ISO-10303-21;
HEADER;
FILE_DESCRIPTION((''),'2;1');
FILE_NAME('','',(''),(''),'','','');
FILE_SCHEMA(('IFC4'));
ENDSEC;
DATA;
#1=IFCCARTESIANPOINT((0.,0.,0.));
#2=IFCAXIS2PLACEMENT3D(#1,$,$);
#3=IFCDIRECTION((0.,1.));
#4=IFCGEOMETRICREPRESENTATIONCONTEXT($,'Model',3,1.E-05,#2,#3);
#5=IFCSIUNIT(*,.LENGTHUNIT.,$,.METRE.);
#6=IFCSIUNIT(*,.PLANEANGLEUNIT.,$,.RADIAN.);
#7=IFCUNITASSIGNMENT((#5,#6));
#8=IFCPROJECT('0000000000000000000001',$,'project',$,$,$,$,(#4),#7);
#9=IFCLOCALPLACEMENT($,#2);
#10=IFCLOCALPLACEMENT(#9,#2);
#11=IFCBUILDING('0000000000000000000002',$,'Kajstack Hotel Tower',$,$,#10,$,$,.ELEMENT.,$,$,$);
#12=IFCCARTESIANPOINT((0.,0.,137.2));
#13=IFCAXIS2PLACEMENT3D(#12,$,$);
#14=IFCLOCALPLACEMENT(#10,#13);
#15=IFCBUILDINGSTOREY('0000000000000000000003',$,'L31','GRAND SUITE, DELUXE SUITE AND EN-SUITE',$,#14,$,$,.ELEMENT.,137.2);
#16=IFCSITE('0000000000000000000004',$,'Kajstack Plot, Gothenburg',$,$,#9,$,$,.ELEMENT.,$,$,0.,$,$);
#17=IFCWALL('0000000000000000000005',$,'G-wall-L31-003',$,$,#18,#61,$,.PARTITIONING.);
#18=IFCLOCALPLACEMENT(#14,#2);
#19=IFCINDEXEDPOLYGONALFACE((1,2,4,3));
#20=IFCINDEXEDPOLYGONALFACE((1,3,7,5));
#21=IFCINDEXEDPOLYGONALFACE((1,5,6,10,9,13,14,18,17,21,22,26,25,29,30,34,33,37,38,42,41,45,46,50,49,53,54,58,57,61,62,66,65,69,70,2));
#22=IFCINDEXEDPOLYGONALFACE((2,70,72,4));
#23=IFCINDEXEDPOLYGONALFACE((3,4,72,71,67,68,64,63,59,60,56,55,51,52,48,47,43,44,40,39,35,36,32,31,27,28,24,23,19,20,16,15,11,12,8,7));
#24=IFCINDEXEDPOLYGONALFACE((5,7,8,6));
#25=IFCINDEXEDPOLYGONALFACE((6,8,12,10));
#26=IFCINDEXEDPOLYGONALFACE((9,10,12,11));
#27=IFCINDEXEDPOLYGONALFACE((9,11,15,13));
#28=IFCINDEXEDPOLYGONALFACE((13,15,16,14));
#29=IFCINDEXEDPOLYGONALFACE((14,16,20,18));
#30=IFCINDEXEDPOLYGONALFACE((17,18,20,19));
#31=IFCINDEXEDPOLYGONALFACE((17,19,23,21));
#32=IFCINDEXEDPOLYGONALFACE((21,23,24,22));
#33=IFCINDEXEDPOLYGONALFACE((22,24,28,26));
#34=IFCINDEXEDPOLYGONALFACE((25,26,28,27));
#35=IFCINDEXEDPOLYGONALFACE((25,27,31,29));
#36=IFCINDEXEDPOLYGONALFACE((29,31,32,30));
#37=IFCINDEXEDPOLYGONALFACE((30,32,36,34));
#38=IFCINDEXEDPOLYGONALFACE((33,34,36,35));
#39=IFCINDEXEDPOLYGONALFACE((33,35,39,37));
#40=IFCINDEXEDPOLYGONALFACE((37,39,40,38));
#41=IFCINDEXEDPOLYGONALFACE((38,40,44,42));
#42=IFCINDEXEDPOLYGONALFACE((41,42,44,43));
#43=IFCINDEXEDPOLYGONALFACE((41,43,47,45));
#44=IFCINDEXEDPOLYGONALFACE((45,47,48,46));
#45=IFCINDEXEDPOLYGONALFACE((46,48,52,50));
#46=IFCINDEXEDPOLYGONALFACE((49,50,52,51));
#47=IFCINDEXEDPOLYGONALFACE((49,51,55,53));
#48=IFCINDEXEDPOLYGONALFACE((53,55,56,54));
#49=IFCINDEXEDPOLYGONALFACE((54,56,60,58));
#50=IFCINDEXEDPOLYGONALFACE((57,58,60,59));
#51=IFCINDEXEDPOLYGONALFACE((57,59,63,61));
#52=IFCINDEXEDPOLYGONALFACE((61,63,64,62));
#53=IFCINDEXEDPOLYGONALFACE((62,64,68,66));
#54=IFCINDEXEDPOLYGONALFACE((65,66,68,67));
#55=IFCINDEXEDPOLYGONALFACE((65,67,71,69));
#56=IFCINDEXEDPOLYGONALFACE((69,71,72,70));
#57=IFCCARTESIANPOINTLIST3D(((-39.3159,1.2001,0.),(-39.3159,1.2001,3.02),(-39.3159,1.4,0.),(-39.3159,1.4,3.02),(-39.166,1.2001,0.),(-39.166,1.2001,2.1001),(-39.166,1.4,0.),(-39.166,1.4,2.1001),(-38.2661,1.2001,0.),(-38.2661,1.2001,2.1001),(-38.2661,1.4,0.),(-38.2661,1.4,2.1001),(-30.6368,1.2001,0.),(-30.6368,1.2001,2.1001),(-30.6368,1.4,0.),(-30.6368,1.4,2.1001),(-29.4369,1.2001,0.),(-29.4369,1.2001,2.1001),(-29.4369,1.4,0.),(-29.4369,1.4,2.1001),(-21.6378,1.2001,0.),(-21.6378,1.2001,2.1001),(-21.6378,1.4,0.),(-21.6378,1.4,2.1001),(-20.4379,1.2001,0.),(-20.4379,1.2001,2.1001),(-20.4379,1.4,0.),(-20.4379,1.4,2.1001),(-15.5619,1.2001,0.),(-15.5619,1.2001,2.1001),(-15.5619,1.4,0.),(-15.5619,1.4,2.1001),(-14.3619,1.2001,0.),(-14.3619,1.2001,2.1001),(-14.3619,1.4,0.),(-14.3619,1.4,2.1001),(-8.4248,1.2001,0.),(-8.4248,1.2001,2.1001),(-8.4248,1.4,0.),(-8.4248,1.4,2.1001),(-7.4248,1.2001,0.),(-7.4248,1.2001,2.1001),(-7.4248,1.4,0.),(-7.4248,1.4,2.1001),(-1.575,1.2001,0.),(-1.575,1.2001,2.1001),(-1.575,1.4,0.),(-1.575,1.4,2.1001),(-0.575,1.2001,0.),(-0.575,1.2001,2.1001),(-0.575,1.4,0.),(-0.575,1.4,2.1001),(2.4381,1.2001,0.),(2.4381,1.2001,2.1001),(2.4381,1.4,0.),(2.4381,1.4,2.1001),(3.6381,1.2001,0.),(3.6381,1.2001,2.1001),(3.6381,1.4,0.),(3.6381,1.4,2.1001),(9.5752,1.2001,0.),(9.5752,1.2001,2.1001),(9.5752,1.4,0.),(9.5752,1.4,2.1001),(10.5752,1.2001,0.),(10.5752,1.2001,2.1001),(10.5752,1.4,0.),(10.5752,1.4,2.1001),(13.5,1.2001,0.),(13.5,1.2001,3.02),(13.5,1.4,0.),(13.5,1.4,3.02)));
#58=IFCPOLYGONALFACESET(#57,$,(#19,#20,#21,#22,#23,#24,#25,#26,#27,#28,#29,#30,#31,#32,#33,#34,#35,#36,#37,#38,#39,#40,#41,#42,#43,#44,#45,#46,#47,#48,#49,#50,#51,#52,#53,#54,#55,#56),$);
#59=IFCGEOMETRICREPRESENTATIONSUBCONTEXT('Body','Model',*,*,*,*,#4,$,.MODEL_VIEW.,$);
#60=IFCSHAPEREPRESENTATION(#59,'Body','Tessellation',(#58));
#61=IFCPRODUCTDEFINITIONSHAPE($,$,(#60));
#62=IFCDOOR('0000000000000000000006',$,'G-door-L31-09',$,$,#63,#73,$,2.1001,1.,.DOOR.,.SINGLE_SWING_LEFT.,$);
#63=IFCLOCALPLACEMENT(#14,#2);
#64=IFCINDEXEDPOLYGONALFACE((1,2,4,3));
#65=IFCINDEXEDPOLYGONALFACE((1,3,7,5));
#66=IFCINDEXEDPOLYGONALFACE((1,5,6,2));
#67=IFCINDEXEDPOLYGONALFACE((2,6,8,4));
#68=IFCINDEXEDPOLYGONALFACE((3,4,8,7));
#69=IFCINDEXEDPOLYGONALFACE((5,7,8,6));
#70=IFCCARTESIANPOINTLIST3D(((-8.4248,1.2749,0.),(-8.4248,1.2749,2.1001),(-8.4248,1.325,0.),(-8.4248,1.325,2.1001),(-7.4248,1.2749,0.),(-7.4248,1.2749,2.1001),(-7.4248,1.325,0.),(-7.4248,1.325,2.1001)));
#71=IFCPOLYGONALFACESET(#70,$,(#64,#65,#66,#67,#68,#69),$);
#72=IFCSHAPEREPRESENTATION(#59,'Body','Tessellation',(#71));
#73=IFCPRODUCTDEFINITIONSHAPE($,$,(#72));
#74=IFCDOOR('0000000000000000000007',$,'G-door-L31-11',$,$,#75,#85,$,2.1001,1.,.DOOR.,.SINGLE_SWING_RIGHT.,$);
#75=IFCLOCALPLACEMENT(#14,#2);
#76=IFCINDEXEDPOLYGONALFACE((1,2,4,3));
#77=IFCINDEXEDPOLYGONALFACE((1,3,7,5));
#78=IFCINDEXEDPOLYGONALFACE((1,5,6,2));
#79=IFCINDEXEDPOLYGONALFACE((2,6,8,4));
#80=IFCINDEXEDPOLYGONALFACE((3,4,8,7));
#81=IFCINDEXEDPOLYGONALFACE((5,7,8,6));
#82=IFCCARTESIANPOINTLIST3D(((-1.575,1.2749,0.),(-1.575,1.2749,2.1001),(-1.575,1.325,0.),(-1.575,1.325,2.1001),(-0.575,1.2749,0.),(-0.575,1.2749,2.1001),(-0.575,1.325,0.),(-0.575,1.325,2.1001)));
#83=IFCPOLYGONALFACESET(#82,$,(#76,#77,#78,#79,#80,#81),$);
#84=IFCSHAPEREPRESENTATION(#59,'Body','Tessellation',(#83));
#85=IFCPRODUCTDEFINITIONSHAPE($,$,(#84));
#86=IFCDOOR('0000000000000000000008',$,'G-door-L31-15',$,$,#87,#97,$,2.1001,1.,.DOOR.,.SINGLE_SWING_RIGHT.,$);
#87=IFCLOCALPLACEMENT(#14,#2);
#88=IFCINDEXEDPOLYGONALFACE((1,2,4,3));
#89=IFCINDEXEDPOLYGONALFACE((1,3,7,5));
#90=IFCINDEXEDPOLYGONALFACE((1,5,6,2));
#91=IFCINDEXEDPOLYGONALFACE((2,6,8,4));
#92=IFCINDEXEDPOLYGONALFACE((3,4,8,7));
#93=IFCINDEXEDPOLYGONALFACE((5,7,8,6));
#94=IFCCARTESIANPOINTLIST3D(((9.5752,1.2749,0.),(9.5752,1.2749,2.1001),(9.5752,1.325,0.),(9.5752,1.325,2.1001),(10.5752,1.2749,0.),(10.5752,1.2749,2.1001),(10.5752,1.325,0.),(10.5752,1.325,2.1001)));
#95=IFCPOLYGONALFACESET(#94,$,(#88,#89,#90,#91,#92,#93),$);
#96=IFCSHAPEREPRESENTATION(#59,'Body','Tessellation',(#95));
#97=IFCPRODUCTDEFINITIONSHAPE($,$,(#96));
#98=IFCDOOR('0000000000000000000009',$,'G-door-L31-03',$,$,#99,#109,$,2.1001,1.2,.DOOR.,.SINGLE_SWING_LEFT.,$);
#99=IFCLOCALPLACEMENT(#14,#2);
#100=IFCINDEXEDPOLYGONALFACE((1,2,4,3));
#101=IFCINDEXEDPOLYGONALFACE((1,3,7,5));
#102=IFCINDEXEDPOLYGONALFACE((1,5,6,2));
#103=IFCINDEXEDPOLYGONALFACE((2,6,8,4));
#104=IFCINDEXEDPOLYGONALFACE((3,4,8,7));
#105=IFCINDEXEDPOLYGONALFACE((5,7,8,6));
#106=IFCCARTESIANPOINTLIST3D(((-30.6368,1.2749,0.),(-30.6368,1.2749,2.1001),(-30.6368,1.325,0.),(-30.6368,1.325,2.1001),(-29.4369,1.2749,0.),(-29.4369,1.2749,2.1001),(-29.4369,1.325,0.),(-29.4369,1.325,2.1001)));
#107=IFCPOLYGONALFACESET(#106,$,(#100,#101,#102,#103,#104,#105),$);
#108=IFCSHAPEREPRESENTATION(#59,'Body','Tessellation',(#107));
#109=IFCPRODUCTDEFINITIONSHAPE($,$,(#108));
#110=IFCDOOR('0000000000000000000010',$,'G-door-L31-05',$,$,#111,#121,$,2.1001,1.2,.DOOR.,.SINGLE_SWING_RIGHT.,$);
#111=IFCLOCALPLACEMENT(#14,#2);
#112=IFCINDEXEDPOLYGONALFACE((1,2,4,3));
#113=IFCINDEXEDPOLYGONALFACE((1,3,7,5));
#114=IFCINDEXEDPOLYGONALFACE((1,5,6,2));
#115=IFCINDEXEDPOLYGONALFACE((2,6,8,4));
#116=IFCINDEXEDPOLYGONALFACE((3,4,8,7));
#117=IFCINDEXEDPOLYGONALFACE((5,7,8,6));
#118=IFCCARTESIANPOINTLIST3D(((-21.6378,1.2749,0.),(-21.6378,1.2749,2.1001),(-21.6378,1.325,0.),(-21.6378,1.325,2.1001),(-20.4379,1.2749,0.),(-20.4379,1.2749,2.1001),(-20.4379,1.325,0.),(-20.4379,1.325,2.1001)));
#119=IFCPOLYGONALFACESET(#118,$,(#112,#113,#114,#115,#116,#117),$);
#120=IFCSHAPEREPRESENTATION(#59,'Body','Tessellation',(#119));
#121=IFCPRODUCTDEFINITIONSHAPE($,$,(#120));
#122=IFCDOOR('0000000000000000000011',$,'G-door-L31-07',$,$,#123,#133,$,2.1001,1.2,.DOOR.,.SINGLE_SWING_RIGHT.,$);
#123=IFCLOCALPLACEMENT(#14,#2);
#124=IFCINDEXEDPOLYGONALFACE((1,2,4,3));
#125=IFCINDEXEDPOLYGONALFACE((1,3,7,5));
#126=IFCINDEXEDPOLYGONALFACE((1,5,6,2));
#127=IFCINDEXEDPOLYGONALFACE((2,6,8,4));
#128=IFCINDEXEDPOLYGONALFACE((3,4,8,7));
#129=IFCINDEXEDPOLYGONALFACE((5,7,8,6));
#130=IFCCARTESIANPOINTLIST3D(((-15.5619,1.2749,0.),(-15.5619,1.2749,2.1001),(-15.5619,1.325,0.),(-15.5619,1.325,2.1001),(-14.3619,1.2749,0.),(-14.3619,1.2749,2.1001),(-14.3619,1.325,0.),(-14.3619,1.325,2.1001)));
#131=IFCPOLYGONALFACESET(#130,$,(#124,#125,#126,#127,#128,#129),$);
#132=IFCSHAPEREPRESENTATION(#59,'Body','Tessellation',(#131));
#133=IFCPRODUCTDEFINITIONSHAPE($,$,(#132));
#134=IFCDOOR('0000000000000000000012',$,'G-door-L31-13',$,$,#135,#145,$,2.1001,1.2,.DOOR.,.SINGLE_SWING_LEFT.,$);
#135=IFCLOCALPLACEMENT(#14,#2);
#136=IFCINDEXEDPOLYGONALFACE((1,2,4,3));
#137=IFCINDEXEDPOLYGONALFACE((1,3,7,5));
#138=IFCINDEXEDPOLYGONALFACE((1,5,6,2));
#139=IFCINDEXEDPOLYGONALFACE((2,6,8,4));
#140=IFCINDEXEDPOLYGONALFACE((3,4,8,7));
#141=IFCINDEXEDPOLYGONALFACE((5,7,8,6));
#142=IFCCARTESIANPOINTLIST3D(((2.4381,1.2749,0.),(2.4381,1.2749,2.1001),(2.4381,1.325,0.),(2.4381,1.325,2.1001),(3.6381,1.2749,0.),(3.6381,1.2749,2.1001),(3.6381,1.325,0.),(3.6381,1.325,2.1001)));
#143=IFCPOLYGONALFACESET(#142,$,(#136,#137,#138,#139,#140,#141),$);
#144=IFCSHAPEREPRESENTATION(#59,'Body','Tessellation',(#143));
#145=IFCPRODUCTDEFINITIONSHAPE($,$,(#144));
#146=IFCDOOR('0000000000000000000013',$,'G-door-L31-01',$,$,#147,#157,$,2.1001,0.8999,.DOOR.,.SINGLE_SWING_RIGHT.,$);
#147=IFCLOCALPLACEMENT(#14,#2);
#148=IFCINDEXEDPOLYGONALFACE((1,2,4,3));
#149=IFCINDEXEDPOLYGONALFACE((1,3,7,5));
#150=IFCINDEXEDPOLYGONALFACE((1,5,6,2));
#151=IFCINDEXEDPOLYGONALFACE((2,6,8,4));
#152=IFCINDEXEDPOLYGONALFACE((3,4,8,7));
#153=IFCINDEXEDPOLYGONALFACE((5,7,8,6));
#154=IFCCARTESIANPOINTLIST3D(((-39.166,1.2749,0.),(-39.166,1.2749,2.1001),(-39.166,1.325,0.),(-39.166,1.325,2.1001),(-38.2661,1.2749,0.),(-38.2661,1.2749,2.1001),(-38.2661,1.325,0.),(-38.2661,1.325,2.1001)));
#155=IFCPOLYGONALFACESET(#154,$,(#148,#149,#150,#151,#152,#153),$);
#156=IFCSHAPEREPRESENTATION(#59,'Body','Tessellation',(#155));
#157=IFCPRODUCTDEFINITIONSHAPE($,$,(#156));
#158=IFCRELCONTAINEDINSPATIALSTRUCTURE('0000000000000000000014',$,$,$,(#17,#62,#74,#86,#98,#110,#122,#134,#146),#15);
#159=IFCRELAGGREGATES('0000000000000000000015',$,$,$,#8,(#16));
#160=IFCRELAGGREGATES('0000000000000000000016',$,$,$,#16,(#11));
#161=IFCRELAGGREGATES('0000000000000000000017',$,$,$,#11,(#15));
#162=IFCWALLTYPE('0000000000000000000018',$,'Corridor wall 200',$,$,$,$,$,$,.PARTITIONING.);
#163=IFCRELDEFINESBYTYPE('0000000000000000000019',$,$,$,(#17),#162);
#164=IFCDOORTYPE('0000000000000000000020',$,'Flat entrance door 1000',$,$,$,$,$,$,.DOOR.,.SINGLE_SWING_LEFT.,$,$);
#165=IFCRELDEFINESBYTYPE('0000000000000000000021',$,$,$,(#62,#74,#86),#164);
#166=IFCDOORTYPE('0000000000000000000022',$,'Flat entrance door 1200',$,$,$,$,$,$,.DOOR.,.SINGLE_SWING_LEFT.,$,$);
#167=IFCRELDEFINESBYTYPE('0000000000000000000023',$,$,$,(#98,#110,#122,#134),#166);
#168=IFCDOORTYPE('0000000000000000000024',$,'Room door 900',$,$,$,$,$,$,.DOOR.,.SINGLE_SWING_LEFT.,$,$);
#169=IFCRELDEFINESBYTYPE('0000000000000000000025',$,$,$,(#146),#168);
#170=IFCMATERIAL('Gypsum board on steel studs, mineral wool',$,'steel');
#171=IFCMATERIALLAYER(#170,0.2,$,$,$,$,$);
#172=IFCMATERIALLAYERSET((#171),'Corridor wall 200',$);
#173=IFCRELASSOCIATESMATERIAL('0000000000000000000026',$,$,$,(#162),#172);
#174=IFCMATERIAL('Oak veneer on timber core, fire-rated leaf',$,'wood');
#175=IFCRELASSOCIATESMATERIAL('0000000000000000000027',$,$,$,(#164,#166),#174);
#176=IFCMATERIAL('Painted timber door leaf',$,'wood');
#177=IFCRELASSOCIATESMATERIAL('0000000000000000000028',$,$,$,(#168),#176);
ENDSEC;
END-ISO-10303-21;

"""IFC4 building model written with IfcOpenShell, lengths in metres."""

from ifc_helpers import new_model, si_unit, direction, frame, frame_2d, origin, place, context, subcontext, project, spatial, rectangle, extrude, material, layer, layer_set, type_object, element, fill, save


model = new_model("IFC4")

# Units and contexts
model_context = context("Model", 3, precision=1e-05, world=origin(), true_north=direction((0.0, 1.0)))
body_context = subcontext(model_context, "Body", "Model", "MODEL_VIEW")
ifc_project = project(units=[si_unit("LENGTHUNIT", "METRE"), si_unit("PLANEANGLEUNIT", "RADIAN")], contexts=[model_context])

# Site, building, storey
site_placement = place(None, origin())
site = spatial("IfcSite", under=ifc_project, at=site_placement, Name="Kajstack Plot, Gothenburg", CompositionType="ELEMENT", RefElevation=0.0)
building_placement = place(site_placement, origin())
building = spatial("IfcBuilding", under=site, at=building_placement, Name="Kajstack Hotel Tower", CompositionType="ELEMENT")
storey_placement = place(building_placement, frame((0.0, 0.0, 137.2)))
storey = spatial("IfcBuildingStorey", under=building, at=storey_placement, Name="L31", Description="GRAND SUITE, DELUXE SUITE AND EN-SUITE", CompositionType="ELEMENT", Elevation=137.2)

# Wall, openings, doors
ifc_material_1 = material(Name="Gypsum board on steel studs, mineral wool", Category="steel")
ifc_layer_1 = layer(ifc_material_1, 0.2)
ifc_layer_set_1 = layer_set([ifc_layer_1], Name="Corridor wall 200")
wall_type_1 = type_object("IfcWallType", Name="Corridor wall 200", PredefinedType="PARTITIONING", material=ifc_layer_set_1)
wall_1_placement = place(storey_placement, frame((-39.3159, 1.3, 0.0), z_axis=(0.0, 0.0, 1.0), x_axis=(1.0, 0.0, 0.0)))
wall_1 = element("IfcWall", 1, at=wall_1_placement, inside=storey, type_object=wall_type_1, Name="G-wall-L31-003", PredefinedType="PARTITIONING", context=body_context, shape_type="SweptSolid", body=[
    extrude(rectangle(XDim=52.8159, YDim=0.2, at=frame_2d((26.408, 0.0))), origin(), (0.0, 0.0, 1.0), 3.02),
])
opening_1_placement = place(wall_1_placement, frame((0.1499, 0.0, 0.0)))
opening_1 = element("IfcOpeningElement", 2, at=opening_1_placement, cuts=wall_1, PredefinedType="OPENING", context=body_context, shape_type="SweptSolid", body=[
    extrude(rectangle(XDim=0.8999, YDim=2.1001, at=frame_2d((0.45, 1.05))), frame((0.0, 0.1099, 0.0), z_axis=(0.0, -1.0, 0.0), x_axis=(1.0, 0.0, 0.0)), (0.0, 0.0, 1.0), 0.22),
])
opening_2_placement = place(wall_1_placement, frame((8.679, 0.0, 0.0)))
opening_2 = element("IfcOpeningElement", 3, at=opening_2_placement, cuts=wall_1, PredefinedType="OPENING", context=body_context, shape_type="SweptSolid", body=[
    extrude(rectangle(XDim=1.2, YDim=2.1001, at=frame_2d((0.6001, 1.05))), frame((0.0, 0.1099, 0.0), z_axis=(0.0, -1.0, 0.0), x_axis=(1.0, 0.0, 0.0)), (0.0, 0.0, 1.0), 0.22),
])
opening_3_placement = place(wall_1_placement, frame((17.678, 0.0, 0.0)))
opening_3 = element("IfcOpeningElement", 4, at=opening_3_placement, cuts=wall_1, PredefinedType="OPENING", context=body_context, shape_type="SweptSolid", body=[
    extrude(rectangle(XDim=1.2, YDim=2.1001, at=frame_2d((0.6001, 1.05))), frame((0.0, 0.1099, 0.0), z_axis=(0.0, -1.0, 0.0), x_axis=(1.0, 0.0, 0.0)), (0.0, 0.0, 1.0), 0.22),
])
opening_4_placement = place(wall_1_placement, frame((23.7539, 0.0, 0.0)))
opening_4 = element("IfcOpeningElement", 5, at=opening_4_placement, cuts=wall_1, PredefinedType="OPENING", context=body_context, shape_type="SweptSolid", body=[
    extrude(rectangle(XDim=1.2, YDim=2.1001, at=frame_2d((0.6001, 1.05))), frame((0.0, 0.1099, 0.0), z_axis=(0.0, -1.0, 0.0), x_axis=(1.0, 0.0, 0.0)), (0.0, 0.0, 1.0), 0.22),
])
opening_5_placement = place(wall_1_placement, frame((30.8911, 0.0, 0.0)))
opening_5 = element("IfcOpeningElement", 6, at=opening_5_placement, cuts=wall_1, PredefinedType="OPENING", context=body_context, shape_type="SweptSolid", body=[
    extrude(rectangle(XDim=1.0, YDim=2.1001, at=frame_2d((0.5, 1.05))), frame((0.0, 0.1099, 0.0), z_axis=(0.0, -1.0, 0.0), x_axis=(1.0, 0.0, 0.0)), (0.0, 0.0, 1.0), 0.22),
])
opening_6_placement = place(wall_1_placement, frame((37.741, 0.0, 0.0)))
opening_6 = element("IfcOpeningElement", 7, at=opening_6_placement, cuts=wall_1, PredefinedType="OPENING", context=body_context, shape_type="SweptSolid", body=[
    extrude(rectangle(XDim=1.0, YDim=2.1001, at=frame_2d((0.5, 1.05))), frame((0.0, 0.1099, 0.0), z_axis=(0.0, -1.0, 0.0), x_axis=(1.0, 0.0, 0.0)), (0.0, 0.0, 1.0), 0.22),
])
opening_7_placement = place(wall_1_placement, frame((41.7539, 0.0, 0.0)))
opening_7 = element("IfcOpeningElement", 8, at=opening_7_placement, cuts=wall_1, PredefinedType="OPENING", context=body_context, shape_type="SweptSolid", body=[
    extrude(rectangle(XDim=1.2, YDim=2.1001, at=frame_2d((0.6001, 1.05))), frame((0.0, 0.1099, 0.0), z_axis=(0.0, -1.0, 0.0), x_axis=(1.0, 0.0, 0.0)), (0.0, 0.0, 1.0), 0.22),
])
opening_8_placement = place(wall_1_placement, frame((48.8911, 0.0, 0.0)))
opening_8 = element("IfcOpeningElement", 9, at=opening_8_placement, cuts=wall_1, PredefinedType="OPENING", context=body_context, shape_type="SweptSolid", body=[
    extrude(rectangle(XDim=1.0, YDim=2.1001, at=frame_2d((0.5, 1.05))), frame((0.0, 0.1099, 0.0), z_axis=(0.0, -1.0, 0.0), x_axis=(1.0, 0.0, 0.0)), (0.0, 0.0, 1.0), 0.22),
])
ifc_material_2 = material(Name="Oak veneer on timber core, fire-rated leaf", Category="wood")
door_type_1 = type_object("IfcDoorType", Name="Flat entrance door 1000", OperationType="SINGLE_SWING_LEFT", PredefinedType="DOOR", material=ifc_material_2)
door_1_placement = place(opening_5_placement, origin())
door_1 = element("IfcDoor", 10, at=door_1_placement, inside=storey, type_object=door_type_1, Name="G-door-L31-09", OperationType="SINGLE_SWING_LEFT", OverallHeight=2.1001, OverallWidth=1.0, PredefinedType="DOOR", context=body_context, shape_type="SweptSolid", body=[
    extrude(rectangle(XDim=1.0, YDim=2.1001, at=frame_2d((0.5, 1.05))), frame((0.0, 0.0249, 0.0), z_axis=(0.0, -1.0, 0.0), x_axis=(1.0, 0.0, 0.0)), (0.0, 0.0, 1.0), 0.05),
])
fill(opening_5, door_1)
door_2_placement = place(opening_6_placement, origin())
door_2 = element("IfcDoor", 11, at=door_2_placement, inside=storey, type_object=door_type_1, Name="G-door-L31-11", OperationType="SINGLE_SWING_RIGHT", OverallHeight=2.1001, OverallWidth=1.0, PredefinedType="DOOR", context=body_context, shape_type="SweptSolid", body=[
    extrude(rectangle(XDim=1.0, YDim=2.1001, at=frame_2d((0.5, 1.05))), frame((0.0, 0.0249, 0.0), z_axis=(0.0, -1.0, 0.0), x_axis=(1.0, 0.0, 0.0)), (0.0, 0.0, 1.0), 0.05),
])
fill(opening_6, door_2)
door_3_placement = place(opening_8_placement, origin())
door_3 = element("IfcDoor", 12, at=door_3_placement, inside=storey, type_object=door_type_1, Name="G-door-L31-15", OperationType="SINGLE_SWING_RIGHT", OverallHeight=2.1001, OverallWidth=1.0, PredefinedType="DOOR", context=body_context, shape_type="SweptSolid", body=[
    extrude(rectangle(XDim=1.0, YDim=2.1001, at=frame_2d((0.5, 1.05))), frame((0.0, 0.0249, 0.0), z_axis=(0.0, -1.0, 0.0), x_axis=(1.0, 0.0, 0.0)), (0.0, 0.0, 1.0), 0.05),
])
fill(opening_8, door_3)
door_type_2 = type_object("IfcDoorType", Name="Flat entrance door 1200", OperationType="SINGLE_SWING_LEFT", PredefinedType="DOOR", material=ifc_material_2)
door_4_placement = place(opening_2_placement, origin())
door_4 = element("IfcDoor", 13, at=door_4_placement, inside=storey, type_object=door_type_2, Name="G-door-L31-03", OperationType="SINGLE_SWING_LEFT", OverallHeight=2.1001, OverallWidth=1.2, PredefinedType="DOOR", context=body_context, shape_type="SweptSolid", body=[
    extrude(rectangle(XDim=1.2, YDim=2.1001, at=frame_2d((0.6001, 1.05))), frame((0.0, 0.0249, 0.0), z_axis=(0.0, -1.0, 0.0), x_axis=(1.0, 0.0, 0.0)), (0.0, 0.0, 1.0), 0.05),
])
fill(opening_2, door_4)
door_5_placement = place(opening_3_placement, origin())
door_5 = element("IfcDoor", 14, at=door_5_placement, inside=storey, type_object=door_type_2, Name="G-door-L31-05", OperationType="SINGLE_SWING_RIGHT", OverallHeight=2.1001, OverallWidth=1.2, PredefinedType="DOOR", context=body_context, shape_type="SweptSolid", body=[
    extrude(rectangle(XDim=1.2, YDim=2.1001, at=frame_2d((0.6001, 1.05))), frame((0.0, 0.0249, 0.0), z_axis=(0.0, -1.0, 0.0), x_axis=(1.0, 0.0, 0.0)), (0.0, 0.0, 1.0), 0.05),
])
fill(opening_3, door_5)
door_6_placement = place(opening_4_placement, origin())
door_6 = element("IfcDoor", 15, at=door_6_placement, inside=storey, type_object=door_type_2, Name="G-door-L31-07", OperationType="SINGLE_SWING_RIGHT", OverallHeight=2.1001, OverallWidth=1.2, PredefinedType="DOOR", context=body_context, shape_type="SweptSolid", body=[
    extrude(rectangle(XDim=1.2, YDim=2.1001, at=frame_2d((0.6001, 1.05))), frame((0.0, 0.0249, 0.0), z_axis=(0.0, -1.0, 0.0), x_axis=(1.0, 0.0, 0.0)), (0.0, 0.0, 1.0), 0.05),
])
fill(opening_4, door_6)
door_7_placement = place(opening_7_placement, origin())
door_7 = element("IfcDoor", 16, at=door_7_placement, inside=storey, type_object=door_type_2, Name="G-door-L31-13", OperationType="SINGLE_SWING_LEFT", OverallHeight=2.1001, OverallWidth=1.2, PredefinedType="DOOR", context=body_context, shape_type="SweptSolid", body=[
    extrude(rectangle(XDim=1.2, YDim=2.1001, at=frame_2d((0.6001, 1.05))), frame((0.0, 0.0249, 0.0), z_axis=(0.0, -1.0, 0.0), x_axis=(1.0, 0.0, 0.0)), (0.0, 0.0, 1.0), 0.05),
])
fill(opening_7, door_7)
ifc_material_3 = material(Name="Painted timber door leaf", Category="wood")
door_type_3 = type_object("IfcDoorType", Name="Room door 900", OperationType="SINGLE_SWING_LEFT", PredefinedType="DOOR", material=ifc_material_3)
door_8_placement = place(opening_1_placement, origin())
door_8 = element("IfcDoor", 17, at=door_8_placement, inside=storey, type_object=door_type_3, Name="G-door-L31-01", OperationType="SINGLE_SWING_RIGHT", OverallHeight=2.1001, OverallWidth=0.8999, PredefinedType="DOOR", context=body_context, shape_type="SweptSolid", body=[
    extrude(rectangle(XDim=0.8999, YDim=2.1001, at=frame_2d((0.45, 1.05))), frame((0.0, 0.0249, 0.0), z_axis=(0.0, -1.0, 0.0), x_axis=(1.0, 0.0, 0.0)), (0.0, 0.0, 1.0), 0.05),
])
fill(opening_1, door_8)

save(model, "model.ifc")
